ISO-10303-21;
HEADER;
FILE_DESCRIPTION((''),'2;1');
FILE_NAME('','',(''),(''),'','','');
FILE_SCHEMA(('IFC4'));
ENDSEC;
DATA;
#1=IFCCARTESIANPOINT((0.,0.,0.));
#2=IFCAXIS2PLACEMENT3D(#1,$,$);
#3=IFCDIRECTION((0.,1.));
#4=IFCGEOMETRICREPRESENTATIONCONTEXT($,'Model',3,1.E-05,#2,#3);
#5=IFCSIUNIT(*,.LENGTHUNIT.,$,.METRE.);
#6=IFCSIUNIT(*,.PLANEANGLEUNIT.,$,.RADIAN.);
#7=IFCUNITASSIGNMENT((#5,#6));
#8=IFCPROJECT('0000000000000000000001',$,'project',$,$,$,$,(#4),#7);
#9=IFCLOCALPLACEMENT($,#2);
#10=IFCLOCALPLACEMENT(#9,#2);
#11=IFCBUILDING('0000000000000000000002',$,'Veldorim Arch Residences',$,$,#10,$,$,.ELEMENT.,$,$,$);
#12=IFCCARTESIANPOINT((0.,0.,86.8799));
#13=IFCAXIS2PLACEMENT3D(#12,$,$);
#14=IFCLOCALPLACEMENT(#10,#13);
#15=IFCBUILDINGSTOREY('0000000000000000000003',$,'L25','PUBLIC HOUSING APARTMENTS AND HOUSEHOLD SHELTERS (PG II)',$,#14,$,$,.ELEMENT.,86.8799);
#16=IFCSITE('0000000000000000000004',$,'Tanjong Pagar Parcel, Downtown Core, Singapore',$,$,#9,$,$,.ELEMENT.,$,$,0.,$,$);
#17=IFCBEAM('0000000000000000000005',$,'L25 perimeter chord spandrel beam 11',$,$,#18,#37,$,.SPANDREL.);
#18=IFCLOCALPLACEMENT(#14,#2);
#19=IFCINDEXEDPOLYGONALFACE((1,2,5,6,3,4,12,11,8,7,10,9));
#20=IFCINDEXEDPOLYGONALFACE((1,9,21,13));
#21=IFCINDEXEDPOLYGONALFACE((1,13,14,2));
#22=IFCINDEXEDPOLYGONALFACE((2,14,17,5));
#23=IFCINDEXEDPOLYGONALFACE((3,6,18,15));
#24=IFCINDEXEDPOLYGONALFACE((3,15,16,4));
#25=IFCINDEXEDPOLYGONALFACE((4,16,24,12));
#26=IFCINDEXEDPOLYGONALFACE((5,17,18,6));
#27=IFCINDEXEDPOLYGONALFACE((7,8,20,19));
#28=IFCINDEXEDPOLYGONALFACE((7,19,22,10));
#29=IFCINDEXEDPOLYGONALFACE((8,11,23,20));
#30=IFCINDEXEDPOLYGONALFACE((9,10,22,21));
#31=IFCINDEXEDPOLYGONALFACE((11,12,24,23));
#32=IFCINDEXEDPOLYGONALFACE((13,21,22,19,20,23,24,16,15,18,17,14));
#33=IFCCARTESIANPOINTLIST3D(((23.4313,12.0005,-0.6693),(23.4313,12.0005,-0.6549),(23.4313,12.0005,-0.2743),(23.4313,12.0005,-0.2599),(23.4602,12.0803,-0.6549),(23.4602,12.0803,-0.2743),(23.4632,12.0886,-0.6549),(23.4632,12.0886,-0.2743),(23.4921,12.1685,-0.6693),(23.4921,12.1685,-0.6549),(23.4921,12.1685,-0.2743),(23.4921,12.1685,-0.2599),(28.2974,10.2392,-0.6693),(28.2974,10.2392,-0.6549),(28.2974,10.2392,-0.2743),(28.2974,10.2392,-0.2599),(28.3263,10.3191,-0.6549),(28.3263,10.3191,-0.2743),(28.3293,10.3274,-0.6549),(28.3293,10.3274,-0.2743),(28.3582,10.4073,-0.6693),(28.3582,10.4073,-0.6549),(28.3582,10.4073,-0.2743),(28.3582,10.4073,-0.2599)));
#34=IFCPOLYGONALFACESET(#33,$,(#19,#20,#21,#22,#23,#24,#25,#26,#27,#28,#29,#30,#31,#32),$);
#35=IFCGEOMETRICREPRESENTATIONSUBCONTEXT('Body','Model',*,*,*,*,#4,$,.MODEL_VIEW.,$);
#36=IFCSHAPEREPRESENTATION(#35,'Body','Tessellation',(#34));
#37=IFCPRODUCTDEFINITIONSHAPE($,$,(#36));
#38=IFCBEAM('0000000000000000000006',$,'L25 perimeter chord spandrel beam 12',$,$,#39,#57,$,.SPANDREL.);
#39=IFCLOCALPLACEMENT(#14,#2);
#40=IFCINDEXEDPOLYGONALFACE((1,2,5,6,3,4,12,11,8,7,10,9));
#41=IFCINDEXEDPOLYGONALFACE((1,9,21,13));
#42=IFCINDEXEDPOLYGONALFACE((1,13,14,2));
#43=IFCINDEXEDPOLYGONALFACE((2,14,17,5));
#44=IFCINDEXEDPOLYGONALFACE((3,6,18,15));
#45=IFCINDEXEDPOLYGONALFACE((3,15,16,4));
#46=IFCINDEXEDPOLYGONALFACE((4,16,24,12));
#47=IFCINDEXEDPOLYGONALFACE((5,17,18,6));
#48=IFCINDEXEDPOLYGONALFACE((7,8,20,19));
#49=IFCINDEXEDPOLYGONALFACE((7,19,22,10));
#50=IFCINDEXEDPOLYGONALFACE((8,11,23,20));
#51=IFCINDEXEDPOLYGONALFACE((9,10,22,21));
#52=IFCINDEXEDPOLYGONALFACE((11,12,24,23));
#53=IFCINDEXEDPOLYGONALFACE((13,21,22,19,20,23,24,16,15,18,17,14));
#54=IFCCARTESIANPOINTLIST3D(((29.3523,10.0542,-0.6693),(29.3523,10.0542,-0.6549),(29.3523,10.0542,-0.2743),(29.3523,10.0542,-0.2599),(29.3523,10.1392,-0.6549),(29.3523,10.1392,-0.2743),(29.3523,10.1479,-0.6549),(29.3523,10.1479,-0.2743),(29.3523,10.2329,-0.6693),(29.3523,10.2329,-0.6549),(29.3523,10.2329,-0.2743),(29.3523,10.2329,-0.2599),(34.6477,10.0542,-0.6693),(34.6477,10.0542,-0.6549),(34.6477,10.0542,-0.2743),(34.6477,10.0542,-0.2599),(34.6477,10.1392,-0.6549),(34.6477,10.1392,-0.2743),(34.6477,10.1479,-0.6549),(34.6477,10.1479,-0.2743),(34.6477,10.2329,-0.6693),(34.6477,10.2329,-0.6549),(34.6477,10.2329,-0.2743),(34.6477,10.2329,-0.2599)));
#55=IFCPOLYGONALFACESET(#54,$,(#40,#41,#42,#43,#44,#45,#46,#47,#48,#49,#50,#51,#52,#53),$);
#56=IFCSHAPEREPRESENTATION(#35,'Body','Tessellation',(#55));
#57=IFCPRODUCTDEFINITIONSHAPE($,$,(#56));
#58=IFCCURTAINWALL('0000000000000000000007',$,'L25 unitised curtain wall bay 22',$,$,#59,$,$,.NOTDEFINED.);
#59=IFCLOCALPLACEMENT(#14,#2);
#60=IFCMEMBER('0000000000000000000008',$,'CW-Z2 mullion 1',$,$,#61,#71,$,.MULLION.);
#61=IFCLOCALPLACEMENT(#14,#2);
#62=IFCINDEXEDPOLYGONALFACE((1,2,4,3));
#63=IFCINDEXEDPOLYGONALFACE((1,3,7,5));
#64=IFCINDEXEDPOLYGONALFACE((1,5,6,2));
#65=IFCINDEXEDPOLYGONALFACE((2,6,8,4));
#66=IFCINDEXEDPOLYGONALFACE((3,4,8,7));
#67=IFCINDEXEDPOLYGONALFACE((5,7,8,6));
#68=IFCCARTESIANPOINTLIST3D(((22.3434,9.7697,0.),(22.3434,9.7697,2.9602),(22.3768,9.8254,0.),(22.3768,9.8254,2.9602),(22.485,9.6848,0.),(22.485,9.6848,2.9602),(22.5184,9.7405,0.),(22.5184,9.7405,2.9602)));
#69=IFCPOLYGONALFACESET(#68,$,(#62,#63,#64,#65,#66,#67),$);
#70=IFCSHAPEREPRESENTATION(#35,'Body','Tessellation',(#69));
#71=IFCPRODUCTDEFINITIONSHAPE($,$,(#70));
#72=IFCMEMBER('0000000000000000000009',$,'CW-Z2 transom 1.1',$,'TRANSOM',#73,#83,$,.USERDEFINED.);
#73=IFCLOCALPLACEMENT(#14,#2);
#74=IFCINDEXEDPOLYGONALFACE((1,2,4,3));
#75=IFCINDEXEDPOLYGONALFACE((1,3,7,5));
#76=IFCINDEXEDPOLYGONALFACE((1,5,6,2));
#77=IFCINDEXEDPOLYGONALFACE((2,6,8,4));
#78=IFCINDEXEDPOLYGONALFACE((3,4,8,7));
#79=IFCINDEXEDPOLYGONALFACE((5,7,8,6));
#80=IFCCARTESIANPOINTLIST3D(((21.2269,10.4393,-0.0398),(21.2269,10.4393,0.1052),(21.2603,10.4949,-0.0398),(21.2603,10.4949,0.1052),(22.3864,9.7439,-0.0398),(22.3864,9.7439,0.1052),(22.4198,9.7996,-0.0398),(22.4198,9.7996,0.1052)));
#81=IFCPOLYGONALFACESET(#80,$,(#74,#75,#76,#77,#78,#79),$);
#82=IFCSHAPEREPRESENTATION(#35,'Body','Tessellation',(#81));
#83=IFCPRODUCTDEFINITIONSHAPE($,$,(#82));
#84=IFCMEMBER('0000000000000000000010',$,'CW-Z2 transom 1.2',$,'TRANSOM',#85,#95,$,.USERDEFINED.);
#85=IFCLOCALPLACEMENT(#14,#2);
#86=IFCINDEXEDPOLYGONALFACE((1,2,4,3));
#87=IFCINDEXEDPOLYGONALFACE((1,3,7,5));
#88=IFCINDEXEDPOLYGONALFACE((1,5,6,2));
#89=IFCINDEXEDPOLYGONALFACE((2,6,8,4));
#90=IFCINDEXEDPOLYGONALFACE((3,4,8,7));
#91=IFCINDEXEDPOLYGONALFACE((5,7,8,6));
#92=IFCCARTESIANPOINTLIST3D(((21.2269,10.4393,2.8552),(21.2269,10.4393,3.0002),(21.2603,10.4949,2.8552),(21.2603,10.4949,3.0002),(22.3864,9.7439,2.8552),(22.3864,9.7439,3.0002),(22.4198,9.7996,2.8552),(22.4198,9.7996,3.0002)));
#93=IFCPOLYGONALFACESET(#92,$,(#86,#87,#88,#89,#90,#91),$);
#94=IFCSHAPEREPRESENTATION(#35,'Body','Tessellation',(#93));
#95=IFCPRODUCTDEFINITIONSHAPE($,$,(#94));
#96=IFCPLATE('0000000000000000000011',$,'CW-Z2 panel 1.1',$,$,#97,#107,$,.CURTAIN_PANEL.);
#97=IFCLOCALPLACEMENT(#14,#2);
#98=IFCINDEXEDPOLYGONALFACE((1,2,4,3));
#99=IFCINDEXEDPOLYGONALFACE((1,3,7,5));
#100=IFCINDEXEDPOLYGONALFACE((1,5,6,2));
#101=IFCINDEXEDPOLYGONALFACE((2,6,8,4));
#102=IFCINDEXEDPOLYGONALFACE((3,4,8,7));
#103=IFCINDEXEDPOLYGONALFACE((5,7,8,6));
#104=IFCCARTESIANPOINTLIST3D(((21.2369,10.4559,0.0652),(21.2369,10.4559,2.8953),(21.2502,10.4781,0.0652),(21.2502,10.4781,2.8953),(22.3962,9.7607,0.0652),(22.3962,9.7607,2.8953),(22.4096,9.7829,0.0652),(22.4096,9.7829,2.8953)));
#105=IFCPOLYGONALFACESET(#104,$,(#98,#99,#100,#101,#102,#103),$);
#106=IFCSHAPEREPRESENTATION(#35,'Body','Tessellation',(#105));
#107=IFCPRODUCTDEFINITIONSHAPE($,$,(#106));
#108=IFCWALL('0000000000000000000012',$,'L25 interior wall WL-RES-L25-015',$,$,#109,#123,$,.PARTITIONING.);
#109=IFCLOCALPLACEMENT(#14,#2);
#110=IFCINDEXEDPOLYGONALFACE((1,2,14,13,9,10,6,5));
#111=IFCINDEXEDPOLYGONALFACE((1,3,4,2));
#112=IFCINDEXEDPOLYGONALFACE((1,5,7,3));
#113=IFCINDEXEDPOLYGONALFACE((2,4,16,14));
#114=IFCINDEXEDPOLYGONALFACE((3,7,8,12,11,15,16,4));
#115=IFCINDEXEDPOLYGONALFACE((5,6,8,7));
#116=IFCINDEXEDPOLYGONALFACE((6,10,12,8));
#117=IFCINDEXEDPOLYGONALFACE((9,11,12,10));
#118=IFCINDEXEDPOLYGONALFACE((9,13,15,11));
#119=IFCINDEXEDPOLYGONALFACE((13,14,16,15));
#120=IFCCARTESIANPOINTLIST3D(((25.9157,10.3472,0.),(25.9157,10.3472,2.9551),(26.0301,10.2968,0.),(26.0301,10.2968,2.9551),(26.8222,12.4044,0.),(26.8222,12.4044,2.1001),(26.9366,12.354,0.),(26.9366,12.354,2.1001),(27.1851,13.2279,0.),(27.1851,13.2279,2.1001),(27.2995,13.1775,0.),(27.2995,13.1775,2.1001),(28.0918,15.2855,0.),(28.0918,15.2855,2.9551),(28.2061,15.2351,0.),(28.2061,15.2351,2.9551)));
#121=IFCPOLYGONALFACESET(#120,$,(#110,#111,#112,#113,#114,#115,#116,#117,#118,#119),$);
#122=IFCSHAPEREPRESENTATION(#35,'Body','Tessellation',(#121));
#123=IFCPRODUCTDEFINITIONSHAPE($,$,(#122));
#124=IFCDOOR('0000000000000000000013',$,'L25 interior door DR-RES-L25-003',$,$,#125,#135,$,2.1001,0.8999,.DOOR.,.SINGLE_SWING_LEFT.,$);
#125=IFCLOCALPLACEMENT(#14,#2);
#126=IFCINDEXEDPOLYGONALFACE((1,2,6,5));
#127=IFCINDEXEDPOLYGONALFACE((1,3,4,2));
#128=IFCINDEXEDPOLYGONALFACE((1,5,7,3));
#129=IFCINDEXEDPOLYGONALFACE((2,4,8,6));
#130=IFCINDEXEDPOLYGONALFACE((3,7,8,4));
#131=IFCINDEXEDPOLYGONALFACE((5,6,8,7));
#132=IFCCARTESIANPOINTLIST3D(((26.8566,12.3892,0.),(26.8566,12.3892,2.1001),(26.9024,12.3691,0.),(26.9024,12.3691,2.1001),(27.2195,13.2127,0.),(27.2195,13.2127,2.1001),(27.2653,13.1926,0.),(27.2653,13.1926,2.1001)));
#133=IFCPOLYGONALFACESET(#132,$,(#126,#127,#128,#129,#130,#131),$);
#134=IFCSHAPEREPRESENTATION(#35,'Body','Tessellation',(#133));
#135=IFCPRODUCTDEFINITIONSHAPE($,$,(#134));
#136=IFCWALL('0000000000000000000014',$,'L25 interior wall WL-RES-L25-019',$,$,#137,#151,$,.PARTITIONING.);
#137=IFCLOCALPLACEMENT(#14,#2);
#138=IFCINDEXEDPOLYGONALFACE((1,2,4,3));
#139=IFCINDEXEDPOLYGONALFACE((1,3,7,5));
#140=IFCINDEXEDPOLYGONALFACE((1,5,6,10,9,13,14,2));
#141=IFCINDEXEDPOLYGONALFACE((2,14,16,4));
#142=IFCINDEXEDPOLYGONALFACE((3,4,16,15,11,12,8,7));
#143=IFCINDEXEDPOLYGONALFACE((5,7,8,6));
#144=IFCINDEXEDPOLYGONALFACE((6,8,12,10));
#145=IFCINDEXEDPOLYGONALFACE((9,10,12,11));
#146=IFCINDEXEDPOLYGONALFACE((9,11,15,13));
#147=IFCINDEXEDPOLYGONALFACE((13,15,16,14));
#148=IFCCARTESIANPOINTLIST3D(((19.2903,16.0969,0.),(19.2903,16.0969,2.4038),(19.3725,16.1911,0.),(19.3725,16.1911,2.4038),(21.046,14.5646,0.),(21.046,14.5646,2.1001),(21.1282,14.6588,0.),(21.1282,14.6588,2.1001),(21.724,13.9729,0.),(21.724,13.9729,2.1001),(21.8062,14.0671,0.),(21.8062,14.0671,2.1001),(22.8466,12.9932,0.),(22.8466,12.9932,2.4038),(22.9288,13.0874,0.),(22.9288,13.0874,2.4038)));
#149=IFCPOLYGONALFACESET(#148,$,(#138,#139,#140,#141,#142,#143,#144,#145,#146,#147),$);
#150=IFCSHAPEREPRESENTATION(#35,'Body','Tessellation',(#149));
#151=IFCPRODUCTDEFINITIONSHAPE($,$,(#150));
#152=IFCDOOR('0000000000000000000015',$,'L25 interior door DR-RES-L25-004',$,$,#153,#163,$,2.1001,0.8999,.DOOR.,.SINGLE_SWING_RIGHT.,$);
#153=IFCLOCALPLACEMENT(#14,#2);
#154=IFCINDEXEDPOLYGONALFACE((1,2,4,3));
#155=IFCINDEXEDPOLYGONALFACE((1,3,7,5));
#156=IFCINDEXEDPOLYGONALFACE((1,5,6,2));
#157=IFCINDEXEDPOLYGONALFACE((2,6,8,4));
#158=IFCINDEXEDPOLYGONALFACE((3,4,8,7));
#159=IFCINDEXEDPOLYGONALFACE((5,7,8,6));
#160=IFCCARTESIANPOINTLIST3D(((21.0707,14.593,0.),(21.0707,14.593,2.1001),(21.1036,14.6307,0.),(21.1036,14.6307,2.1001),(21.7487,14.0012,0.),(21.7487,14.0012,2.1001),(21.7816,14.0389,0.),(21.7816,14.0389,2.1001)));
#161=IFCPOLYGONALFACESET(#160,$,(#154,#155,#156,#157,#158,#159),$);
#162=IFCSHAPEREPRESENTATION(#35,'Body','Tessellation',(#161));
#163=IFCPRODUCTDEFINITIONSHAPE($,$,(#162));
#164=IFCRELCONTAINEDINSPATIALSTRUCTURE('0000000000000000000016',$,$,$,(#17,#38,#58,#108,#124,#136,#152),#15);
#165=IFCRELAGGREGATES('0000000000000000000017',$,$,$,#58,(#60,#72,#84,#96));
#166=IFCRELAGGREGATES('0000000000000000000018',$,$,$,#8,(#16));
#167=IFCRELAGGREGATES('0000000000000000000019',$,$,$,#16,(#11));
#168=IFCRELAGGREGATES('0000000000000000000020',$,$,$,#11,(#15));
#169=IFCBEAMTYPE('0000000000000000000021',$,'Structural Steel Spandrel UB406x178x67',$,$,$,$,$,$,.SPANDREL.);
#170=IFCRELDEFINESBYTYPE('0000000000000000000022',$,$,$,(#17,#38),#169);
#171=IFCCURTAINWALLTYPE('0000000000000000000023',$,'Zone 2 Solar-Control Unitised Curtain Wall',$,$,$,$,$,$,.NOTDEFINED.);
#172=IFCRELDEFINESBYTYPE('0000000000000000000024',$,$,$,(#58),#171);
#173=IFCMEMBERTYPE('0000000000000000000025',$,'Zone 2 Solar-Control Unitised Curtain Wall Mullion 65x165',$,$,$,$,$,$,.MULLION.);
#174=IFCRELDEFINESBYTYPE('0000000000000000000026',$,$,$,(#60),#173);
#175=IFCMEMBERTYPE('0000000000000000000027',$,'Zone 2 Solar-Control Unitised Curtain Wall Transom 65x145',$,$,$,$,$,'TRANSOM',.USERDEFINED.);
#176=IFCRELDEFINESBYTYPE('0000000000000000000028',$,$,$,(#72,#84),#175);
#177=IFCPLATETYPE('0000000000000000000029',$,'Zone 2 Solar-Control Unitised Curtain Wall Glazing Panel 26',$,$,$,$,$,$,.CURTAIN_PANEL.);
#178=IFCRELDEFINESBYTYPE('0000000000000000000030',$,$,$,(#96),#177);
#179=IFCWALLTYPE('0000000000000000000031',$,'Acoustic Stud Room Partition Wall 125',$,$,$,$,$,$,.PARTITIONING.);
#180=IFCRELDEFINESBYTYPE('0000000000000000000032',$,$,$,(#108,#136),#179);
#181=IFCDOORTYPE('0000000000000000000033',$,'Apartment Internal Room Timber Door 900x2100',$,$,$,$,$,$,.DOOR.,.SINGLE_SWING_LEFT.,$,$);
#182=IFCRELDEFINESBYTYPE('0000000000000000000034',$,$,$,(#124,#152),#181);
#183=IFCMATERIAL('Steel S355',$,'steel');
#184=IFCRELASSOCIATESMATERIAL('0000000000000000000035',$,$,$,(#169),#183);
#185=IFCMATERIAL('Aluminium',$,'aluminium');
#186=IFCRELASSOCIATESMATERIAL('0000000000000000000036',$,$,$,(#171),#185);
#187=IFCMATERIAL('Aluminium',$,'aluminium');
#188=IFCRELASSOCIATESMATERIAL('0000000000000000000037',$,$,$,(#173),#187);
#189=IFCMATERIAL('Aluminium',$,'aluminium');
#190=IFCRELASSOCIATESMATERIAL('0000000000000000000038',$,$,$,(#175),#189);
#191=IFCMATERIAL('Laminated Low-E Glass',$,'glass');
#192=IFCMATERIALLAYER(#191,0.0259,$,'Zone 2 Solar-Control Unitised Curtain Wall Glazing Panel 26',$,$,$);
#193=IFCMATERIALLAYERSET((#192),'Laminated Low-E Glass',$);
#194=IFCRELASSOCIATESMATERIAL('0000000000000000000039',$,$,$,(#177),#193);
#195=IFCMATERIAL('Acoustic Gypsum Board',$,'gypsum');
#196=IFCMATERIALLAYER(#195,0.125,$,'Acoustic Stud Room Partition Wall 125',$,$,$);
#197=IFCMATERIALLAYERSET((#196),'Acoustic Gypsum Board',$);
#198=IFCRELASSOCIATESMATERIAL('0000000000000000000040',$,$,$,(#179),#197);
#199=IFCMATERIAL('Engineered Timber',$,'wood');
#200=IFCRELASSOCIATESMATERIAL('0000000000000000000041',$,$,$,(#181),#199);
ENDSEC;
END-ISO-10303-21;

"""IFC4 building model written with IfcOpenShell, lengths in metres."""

from ifc_helpers import new_model, si_unit, direction, frame, frame_2d, origin, origin_2d, place, context, subcontext, project, spatial, rectangle, i_section, extrude, material, layer, layer_set, material_profile, profile_set, type_object, element, fill, aggregate, save


model = new_model("IFC4")

# Units and contexts
model_context = context("Model", 3, precision=1e-05, world=origin(), true_north=direction((0.0, 1.0)))
body_context = subcontext(model_context, "Body", "Model", "MODEL_VIEW")
ifc_project = project(units=[si_unit("LENGTHUNIT", "METRE"), si_unit("PLANEANGLEUNIT", "RADIAN")], contexts=[model_context])

# Site, building, storey
site_placement = place(None, origin())
site = spatial("IfcSite", under=ifc_project, at=site_placement, Name="Tanjong Pagar Parcel, Downtown Core, Singapore", CompositionType="ELEMENT", RefElevation=0.0)
building_placement = place(site_placement, origin())
building = spatial("IfcBuilding", under=site, at=building_placement, Name="Veldorim Arch Residences", CompositionType="ELEMENT")
storey_placement = place(building_placement, frame((0.0, 0.0, 86.8799)))
storey = spatial("IfcBuildingStorey", under=building, at=storey_placement, Name="L25", Description="PUBLIC HOUSING APARTMENTS AND HOUSEHOLD SHELTERS (PG II)", CompositionType="ELEMENT", Elevation=86.8799)

# Beams
ifc_material_1 = material(Name="Steel S355", Category="steel")
ifc_material_profile_1 = material_profile(ifc_material_1, i_section(OverallWidth=0.1787, OverallDepth=0.4094, WebThickness=0.0088, FlangeThickness=0.0144, at=origin_2d()), Name="UB406x178x67")
ifc_profile_set_1 = profile_set([ifc_material_profile_1], Name="Steel S355")
beam_type_1 = type_object("IfcBeamType", Name="Structural Steel Spandrel UB406x178x67", PredefinedType="SPANDREL", material=ifc_profile_set_1)
beam_1_placement = place(storey_placement, frame((23.4617, 12.0845, -0.4646), z_axis=(0.940308, -0.340326, 0.0), x_axis=(0.340326, 0.940308, 0.0)))
element("IfcBeam", 1, at=beam_1_placement, inside=storey, type_object=beam_type_1, Name="L25 perimeter chord spandrel beam 11", PredefinedType="SPANDREL", context=body_context, shape_type="SweptSolid", body=[
    extrude(i_section(OverallWidth=0.1787, OverallDepth=0.4094, WebThickness=0.0088, FlangeThickness=0.0144, at=origin_2d()), origin(), (0.0, 0.0, 1.0), 5.175),
])
beam_2_placement = place(storey_placement, frame((29.3523, 10.1436, -0.4646), z_axis=(1.0, 0.0, 0.0), x_axis=(0.0, 1.0, 0.0)))
element("IfcBeam", 2, at=beam_2_placement, inside=storey, type_object=beam_type_1, Name="L25 perimeter chord spandrel beam 12", PredefinedType="SPANDREL", context=body_context, shape_type="SweptSolid", body=[
    extrude(i_section(OverallWidth=0.1787, OverallDepth=0.4094, WebThickness=0.0088, FlangeThickness=0.0144, at=origin_2d()), origin(), (0.0, 0.0, 1.0), 5.2954),
])

# Curtain wall, members, plate
ifc_material_2 = material(Name="Aluminium", Category="aluminium")
curtain_wall_type = type_object("IfcCurtainWallType", Name="Zone 2 Solar-Control Unitised Curtain Wall", PredefinedType="NOTDEFINED", material=ifc_material_2)
curtain_wall_placement = place(storey_placement, origin())
curtain_wall = element("IfcCurtainWall", 3, at=curtain_wall_placement, inside=storey, type_object=curtain_wall_type, Name="L25 unitised curtain wall bay 22", PredefinedType="NOTDEFINED")
ifc_material_3 = material(Name="Aluminium", Category="aluminium")
ifc_material_profile_2 = material_profile(ifc_material_3, rectangle(XDim=0.0649, YDim=0.165, at=origin_2d()), Name="ALU_MUL_65x165")
ifc_profile_set_2 = profile_set([ifc_material_profile_2], Name="Aluminium")
member_type_1 = type_object("IfcMemberType", Name="Zone 2 Solar-Control Unitised Curtain Wall Mullion 65x165", PredefinedType="MULLION", material=ifc_profile_set_2)
member_1_placement = place(storey_placement, frame((22.4309, 9.7551, 0.0), z_axis=(0.0, 0.0, 1.0), x_axis=(-0.514313, -0.857602, 0.0)))
member_1 = element("IfcMember", 4, at=member_1_placement, type_object=member_type_1, Name="CW-Z2 mullion 1", PredefinedType="MULLION", context=body_context, shape_type="SweptSolid", body=[
    extrude(rectangle(XDim=0.0649, YDim=0.165, at=origin_2d()), origin(), (0.0, 0.0, 1.0), 2.9602),
])
ifc_material_4 = material(Name="Aluminium", Category="aluminium")
ifc_material_profile_3 = material_profile(ifc_material_4, rectangle(XDim=0.0649, YDim=0.145, at=origin_2d()), Name="ALU_TRN_65x145")
ifc_profile_set_3 = profile_set([ifc_material_profile_3], Name="Aluminium")
member_type_2 = type_object("IfcMemberType", Name="Zone 2 Solar-Control Unitised Curtain Wall Transom 65x145", ElementType="TRANSOM", PredefinedType="USERDEFINED", material=ifc_profile_set_3)
member_2_placement = place(storey_placement, frame((22.4031, 9.7717, 0.0327), z_axis=(-0.857604, 0.51431, 0.0), x_axis=(-0.51431, -0.857604, 0.0)))
member_2 = element("IfcMember", 5, at=member_2_placement, type_object=member_type_2, Name="CW-Z2 transom 1.1", ObjectType="TRANSOM", PredefinedType="USERDEFINED", context=body_context, shape_type="SweptSolid", body=[
    extrude(rectangle(XDim=0.0649, YDim=0.145, at=origin_2d()), origin(), (0.0, 0.0, 1.0), 1.3521),
])
member_3_placement = place(storey_placement, frame((22.4031, 9.7717, 2.9277), z_axis=(-0.857604, 0.51431, 0.0), x_axis=(-0.51431, -0.857604, 0.0)))
member_3 = element("IfcMember", 6, at=member_3_placement, type_object=member_type_2, Name="CW-Z2 transom 1.2", ObjectType="TRANSOM", PredefinedType="USERDEFINED", context=body_context, shape_type="SweptSolid", body=[
    extrude(rectangle(XDim=0.0649, YDim=0.145, at=origin_2d()), origin(), (0.0, 0.0, 1.0), 1.3521),
])
ifc_material_5 = material(Name="Laminated Low-E Glass", Category="glass")
ifc_layer_1 = layer(ifc_material_5, 0.0259, Name="Zone 2 Solar-Control Unitised Curtain Wall Glazing Panel 26")
ifc_layer_set_1 = layer_set([ifc_layer_1], Name="Laminated Low-E Glass")
plate_type = type_object("IfcPlateType", Name="Zone 2 Solar-Control Unitised Curtain Wall Glazing Panel 26", PredefinedType="CURTAIN_PANEL", material=ifc_layer_set_1)
plate_placement = place(storey_placement, frame((21.8232, 10.1194, 0.0652), z_axis=(0.0, 0.0, 1.0), x_axis=(-0.857602, 0.514313, 0.0)))
plate = element("IfcPlate", 7, at=plate_placement, type_object=plate_type, Name="CW-Z2 panel 1.1", PredefinedType="CURTAIN_PANEL", context=body_context, shape_type="SweptSolid", body=[
    extrude(rectangle(XDim=1.3518, YDim=0.0259, at=origin_2d()), origin(), (0.0, 0.0, 1.0), 2.8301),
])
aggregate(curtain_wall, [member_1, member_2, member_3, plate])

# Walls, openings, doors
ifc_material_6 = material(Name="Acoustic Gypsum Board", Category="gypsum")
ifc_layer_2 = layer(ifc_material_6, 0.125, Name="Acoustic Stud Room Partition Wall 125")
ifc_layer_set_2 = layer_set([ifc_layer_2], Name="Acoustic Gypsum Board")
wall_type_1 = type_object("IfcWallType", Name="Acoustic Stud Room Partition Wall 125", PredefinedType="PARTITIONING", material=ifc_layer_set_2)
wall_1_placement = place(storey_placement, frame((25.9729, 10.322, 0.0), z_axis=(0.0, 0.0, 1.0), x_axis=(0.403236, 0.915096, 0.0)))
wall_1 = element("IfcWall", 8, at=wall_1_placement, inside=storey, type_object=wall_type_1, Name="L25 interior wall WL-RES-L25-015", PredefinedType="PARTITIONING", context=body_context, shape_type="SweptSolid", body=[
    extrude(rectangle(XDim=5.3965, YDim=0.125, at=frame_2d((2.6982, 0.0))), origin(), (0.0, 0.0, 1.0), 2.9551),
])
opening_1_placement = place(wall_1_placement, frame((2.248, 0.0, 0.0)))
opening_1 = element("IfcOpeningElement", 9, at=opening_1_placement, cuts=wall_1, PredefinedType="OPENING", context=body_context, shape_type="SweptSolid", body=[
    extrude(rectangle(XDim=0.8999, YDim=2.1001, at=frame_2d((0.45, 1.05))), frame((0.0, 0.0725, 0.0), z_axis=(0.0, -1.0, 0.0), x_axis=(1.0, 0.0, 0.0)), (0.0, 0.0, 1.0), 0.145),
])
ifc_material_7 = material(Name="Engineered Timber", Category="wood")
door_type_1 = type_object("IfcDoorType", Name="Apartment Internal Room Timber Door 900x2100", OperationType="SINGLE_SWING_LEFT", PredefinedType="DOOR", material=ifc_material_7)
door_1_placement = place(opening_1_placement, origin())
door_1 = element("IfcDoor", 10, at=door_1_placement, inside=storey, type_object=door_type_1, Name="L25 interior door DR-RES-L25-003", OperationType="SINGLE_SWING_LEFT", OverallHeight=2.1001, OverallWidth=0.8999, PredefinedType="DOOR", context=body_context, shape_type="SweptSolid", body=[
    extrude(rectangle(XDim=0.8999, YDim=2.1001, at=frame_2d((0.45, 1.05))), frame((0.0, 0.0249, 0.0), z_axis=(0.0, -1.0, 0.0), x_axis=(1.0, 0.0, 0.0)), (0.0, 0.0, 1.0), 0.05),
])
fill(opening_1, door_1)
wall_2_placement = place(storey_placement, frame((22.8877, 13.0403, 0.0), z_axis=(0.0, 0.0, 1.0), x_axis=(-0.753425, 0.657534, 0.0)))
wall_2 = element("IfcWall", 11, at=wall_2_placement, inside=storey, type_object=wall_type_1, Name="L25 interior wall WL-RES-L25-019", PredefinedType="PARTITIONING", context=body_context, shape_type="SweptSolid", body=[
    extrude(rectangle(XDim=4.7202, YDim=0.125, at=frame_2d((2.3601, 0.0))), origin(), (0.0, 0.0, 1.0), 2.4038),
])
opening_2_placement = place(wall_2_placement, frame((1.49, 0.0, 0.0)))
opening_2 = element("IfcOpeningElement", 12, at=opening_2_placement, cuts=wall_2, PredefinedType="OPENING", context=body_context, shape_type="SweptSolid", body=[
    extrude(rectangle(XDim=0.8999, YDim=2.1001, at=frame_2d((0.45, 1.05))), frame((0.0, 0.0725, 0.0), z_axis=(0.0, -1.0, 0.0), x_axis=(1.0, 0.0, 0.0)), (0.0, 0.0, 1.0), 0.145),
])
door_2_placement = place(opening_2_placement, origin())
door_2 = element("IfcDoor", 13, at=door_2_placement, inside=storey, type_object=door_type_1, Name="L25 interior door DR-RES-L25-004", OperationType="SINGLE_SWING_RIGHT", OverallHeight=2.1001, OverallWidth=0.8999, PredefinedType="DOOR", context=body_context, shape_type="SweptSolid", body=[
    extrude(rectangle(XDim=0.8999, YDim=2.1001, at=frame_2d((0.45, 1.05))), frame((0.0, 0.0249, 0.0), z_axis=(0.0, -1.0, 0.0), x_axis=(1.0, 0.0, 0.0)), (0.0, 0.0, 1.0), 0.05),
])
fill(opening_2, door_2)

save(model, "model.ifc")
